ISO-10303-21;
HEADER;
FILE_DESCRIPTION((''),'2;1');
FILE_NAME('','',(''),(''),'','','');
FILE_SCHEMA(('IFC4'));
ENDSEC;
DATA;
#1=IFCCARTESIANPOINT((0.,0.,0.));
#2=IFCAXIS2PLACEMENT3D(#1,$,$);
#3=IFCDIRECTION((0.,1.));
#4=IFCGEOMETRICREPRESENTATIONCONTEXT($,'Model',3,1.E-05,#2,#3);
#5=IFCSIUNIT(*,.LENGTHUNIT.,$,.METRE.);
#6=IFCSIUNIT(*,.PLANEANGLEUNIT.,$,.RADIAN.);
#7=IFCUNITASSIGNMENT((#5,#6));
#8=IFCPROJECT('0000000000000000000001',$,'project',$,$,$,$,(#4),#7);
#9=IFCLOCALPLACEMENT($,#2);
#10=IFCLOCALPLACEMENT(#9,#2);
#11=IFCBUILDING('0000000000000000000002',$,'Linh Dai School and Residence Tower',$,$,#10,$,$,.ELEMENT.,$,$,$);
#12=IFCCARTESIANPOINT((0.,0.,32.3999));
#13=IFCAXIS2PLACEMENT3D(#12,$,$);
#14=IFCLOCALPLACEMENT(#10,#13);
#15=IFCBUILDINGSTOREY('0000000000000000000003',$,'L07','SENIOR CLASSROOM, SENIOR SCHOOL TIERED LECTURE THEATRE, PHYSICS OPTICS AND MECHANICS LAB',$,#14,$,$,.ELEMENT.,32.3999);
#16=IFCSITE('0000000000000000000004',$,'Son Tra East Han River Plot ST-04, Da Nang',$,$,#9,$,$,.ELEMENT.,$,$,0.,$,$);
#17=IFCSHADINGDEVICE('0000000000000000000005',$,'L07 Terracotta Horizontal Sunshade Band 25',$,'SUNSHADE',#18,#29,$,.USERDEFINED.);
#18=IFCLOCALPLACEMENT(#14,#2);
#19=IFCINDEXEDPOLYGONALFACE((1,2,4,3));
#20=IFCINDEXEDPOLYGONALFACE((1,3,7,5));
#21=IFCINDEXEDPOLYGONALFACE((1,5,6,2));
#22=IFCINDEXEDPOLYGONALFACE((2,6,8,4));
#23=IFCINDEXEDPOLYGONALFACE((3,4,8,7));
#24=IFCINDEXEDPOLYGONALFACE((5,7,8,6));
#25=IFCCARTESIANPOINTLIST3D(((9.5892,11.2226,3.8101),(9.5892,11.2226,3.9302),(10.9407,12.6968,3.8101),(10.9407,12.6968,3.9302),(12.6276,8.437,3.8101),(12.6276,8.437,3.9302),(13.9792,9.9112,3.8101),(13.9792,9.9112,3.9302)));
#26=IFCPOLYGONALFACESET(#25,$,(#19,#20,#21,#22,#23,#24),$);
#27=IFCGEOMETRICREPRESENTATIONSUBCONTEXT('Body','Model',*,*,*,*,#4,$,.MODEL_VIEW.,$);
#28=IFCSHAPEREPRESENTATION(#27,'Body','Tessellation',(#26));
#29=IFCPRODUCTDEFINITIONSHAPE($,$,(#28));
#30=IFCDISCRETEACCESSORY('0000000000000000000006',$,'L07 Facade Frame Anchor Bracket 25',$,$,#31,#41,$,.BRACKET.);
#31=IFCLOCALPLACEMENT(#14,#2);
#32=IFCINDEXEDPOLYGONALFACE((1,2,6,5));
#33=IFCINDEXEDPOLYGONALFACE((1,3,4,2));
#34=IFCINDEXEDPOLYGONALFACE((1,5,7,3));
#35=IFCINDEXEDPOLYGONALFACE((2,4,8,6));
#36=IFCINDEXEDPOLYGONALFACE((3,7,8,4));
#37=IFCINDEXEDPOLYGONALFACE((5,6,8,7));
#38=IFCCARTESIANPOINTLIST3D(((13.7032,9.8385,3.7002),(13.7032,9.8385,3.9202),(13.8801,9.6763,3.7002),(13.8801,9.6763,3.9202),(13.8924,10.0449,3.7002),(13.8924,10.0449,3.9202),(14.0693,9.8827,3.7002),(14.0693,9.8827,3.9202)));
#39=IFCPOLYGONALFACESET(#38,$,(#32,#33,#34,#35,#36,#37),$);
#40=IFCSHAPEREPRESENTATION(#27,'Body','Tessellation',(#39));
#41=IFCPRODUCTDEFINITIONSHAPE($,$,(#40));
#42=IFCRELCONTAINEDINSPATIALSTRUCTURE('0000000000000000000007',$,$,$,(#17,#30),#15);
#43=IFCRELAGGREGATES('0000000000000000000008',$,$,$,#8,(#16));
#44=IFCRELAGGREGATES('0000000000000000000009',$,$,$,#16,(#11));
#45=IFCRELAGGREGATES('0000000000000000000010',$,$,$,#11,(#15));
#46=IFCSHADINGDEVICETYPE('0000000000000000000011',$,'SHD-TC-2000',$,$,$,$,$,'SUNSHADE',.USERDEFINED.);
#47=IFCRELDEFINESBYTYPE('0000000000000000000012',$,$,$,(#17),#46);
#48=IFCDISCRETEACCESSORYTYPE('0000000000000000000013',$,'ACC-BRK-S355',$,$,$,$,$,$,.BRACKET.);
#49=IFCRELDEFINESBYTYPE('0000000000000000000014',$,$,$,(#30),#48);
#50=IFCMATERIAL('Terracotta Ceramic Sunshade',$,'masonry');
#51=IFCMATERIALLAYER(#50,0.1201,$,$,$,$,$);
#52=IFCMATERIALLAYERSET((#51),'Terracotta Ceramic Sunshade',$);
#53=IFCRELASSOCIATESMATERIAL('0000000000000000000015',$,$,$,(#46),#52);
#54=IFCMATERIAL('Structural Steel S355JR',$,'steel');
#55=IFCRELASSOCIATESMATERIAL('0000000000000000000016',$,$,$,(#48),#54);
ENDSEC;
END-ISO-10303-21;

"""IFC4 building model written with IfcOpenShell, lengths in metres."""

from ifc_helpers import new_model, si_unit, direction, frame, origin, origin_2d, place, context, subcontext, project, spatial, rectangle, extrude, source, transform, mapped, material, layer, layer_set, type_object, element, save


model = new_model("IFC4")

# Units and contexts
model_context = context("Model", 3, precision=1e-05, world=origin(), true_north=direction((0.0, 1.0)))
body_context = subcontext(model_context, "Body", "Model", "MODEL_VIEW")
ifc_project = project(units=[si_unit("LENGTHUNIT", "METRE"), si_unit("PLANEANGLEUNIT", "RADIAN")], contexts=[model_context])

# Site, building, storey
site_placement = place(None, origin())
site = spatial("IfcSite", under=ifc_project, at=site_placement, Name="Son Tra East Han River Plot ST-04, Da Nang", CompositionType="ELEMENT", RefElevation=0.0)
building_placement = place(site_placement, origin())
building = spatial("IfcBuilding", under=site, at=building_placement, Name="Linh Dai School and Residence Tower", CompositionType="ELEMENT")
storey_placement = place(building_placement, frame((0.0, 0.0, 32.3999)))
storey = spatial("IfcBuildingStorey", under=building, at=storey_placement, Name="L07", Description="SENIOR CLASSROOM, SENIOR SCHOOL TIERED LECTURE THEATRE, PHYSICS OPTICS AND MECHANICS LAB", CompositionType="ELEMENT", Elevation=32.3999)

# Shared definitions
ifc_material_1 = material(Name="Structural Steel S355JR", Category="steel")

# Shading device
ifc_material_2 = material(Name="Terracotta Ceramic Sunshade", Category="masonry")
ifc_layer_1 = layer(ifc_material_2, 0.1201)
ifc_layer_set_1 = layer_set([ifc_layer_1], Name="Terracotta Ceramic Sunshade")
shading_device_type = type_object("IfcShadingDeviceType", Name="SHD-TC-2000", ElementType="SUNSHADE", PredefinedType="USERDEFINED", material=ifc_layer_set_1)
shared_shape_1 = source(origin(), body_context, "Body", "SweptSolid", [
    extrude(rectangle(XDim=4.1221, YDim=2.0, at=origin_2d()), origin(), (0.0, 0.0, 1.0), 0.1201),
])
shading_device_placement = place(storey_placement, frame((11.7842, 10.5669, 3.8101), z_axis=(0.0, 0.0, 1.0), x_axis=(-0.737113, 0.675769, 0.0)))
element("IfcShadingDevice", 1, at=shading_device_placement, inside=storey, type_object=shading_device_type, Name="L07 Terracotta Horizontal Sunshade Band 25", ObjectType="SUNSHADE", PredefinedType="USERDEFINED", context=body_context, shape_type="MappedRepresentation", body=[
    mapped(shared_shape_1, transform((0.0, 0.0, 0.0), x_axis=(1.0, 0.0, 0.0), y_axis=(0.0, 1.0, 0.0), z_axis=(0.0, 0.0, 1.0), scale=1.0)),
])

# Discrete accessory
discrete_accessory_type = type_object("IfcDiscreteAccessoryType", Name="ACC-BRK-S355", PredefinedType="BRACKET", material=ifc_material_1)
shared_shape_2 = source(origin(), body_context, "Body", "SweptSolid", [
    extrude(rectangle(XDim=0.28, YDim=0.24, at=origin_2d()), origin(), (0.0, 0.0, 1.0), 0.22),
])
discrete_accessory_placement = place(storey_placement, frame((13.8862, 9.8606, 3.7002), z_axis=(0.0, 0.0, 1.0), x_axis=(-0.675769, -0.737113, 0.0)))
element("IfcDiscreteAccessory", 2, at=discrete_accessory_placement, inside=storey, type_object=discrete_accessory_type, Name="L07 Facade Frame Anchor Bracket 25", PredefinedType="BRACKET", context=body_context, shape_type="MappedRepresentation", body=[
    mapped(shared_shape_2, transform((0.0, 0.0, 0.0), x_axis=(1.0, 0.0, 0.0), y_axis=(0.0, 1.0, 0.0), z_axis=(0.0, 0.0, 1.0), scale=1.0)),
])

save(model, "model.ifc")
